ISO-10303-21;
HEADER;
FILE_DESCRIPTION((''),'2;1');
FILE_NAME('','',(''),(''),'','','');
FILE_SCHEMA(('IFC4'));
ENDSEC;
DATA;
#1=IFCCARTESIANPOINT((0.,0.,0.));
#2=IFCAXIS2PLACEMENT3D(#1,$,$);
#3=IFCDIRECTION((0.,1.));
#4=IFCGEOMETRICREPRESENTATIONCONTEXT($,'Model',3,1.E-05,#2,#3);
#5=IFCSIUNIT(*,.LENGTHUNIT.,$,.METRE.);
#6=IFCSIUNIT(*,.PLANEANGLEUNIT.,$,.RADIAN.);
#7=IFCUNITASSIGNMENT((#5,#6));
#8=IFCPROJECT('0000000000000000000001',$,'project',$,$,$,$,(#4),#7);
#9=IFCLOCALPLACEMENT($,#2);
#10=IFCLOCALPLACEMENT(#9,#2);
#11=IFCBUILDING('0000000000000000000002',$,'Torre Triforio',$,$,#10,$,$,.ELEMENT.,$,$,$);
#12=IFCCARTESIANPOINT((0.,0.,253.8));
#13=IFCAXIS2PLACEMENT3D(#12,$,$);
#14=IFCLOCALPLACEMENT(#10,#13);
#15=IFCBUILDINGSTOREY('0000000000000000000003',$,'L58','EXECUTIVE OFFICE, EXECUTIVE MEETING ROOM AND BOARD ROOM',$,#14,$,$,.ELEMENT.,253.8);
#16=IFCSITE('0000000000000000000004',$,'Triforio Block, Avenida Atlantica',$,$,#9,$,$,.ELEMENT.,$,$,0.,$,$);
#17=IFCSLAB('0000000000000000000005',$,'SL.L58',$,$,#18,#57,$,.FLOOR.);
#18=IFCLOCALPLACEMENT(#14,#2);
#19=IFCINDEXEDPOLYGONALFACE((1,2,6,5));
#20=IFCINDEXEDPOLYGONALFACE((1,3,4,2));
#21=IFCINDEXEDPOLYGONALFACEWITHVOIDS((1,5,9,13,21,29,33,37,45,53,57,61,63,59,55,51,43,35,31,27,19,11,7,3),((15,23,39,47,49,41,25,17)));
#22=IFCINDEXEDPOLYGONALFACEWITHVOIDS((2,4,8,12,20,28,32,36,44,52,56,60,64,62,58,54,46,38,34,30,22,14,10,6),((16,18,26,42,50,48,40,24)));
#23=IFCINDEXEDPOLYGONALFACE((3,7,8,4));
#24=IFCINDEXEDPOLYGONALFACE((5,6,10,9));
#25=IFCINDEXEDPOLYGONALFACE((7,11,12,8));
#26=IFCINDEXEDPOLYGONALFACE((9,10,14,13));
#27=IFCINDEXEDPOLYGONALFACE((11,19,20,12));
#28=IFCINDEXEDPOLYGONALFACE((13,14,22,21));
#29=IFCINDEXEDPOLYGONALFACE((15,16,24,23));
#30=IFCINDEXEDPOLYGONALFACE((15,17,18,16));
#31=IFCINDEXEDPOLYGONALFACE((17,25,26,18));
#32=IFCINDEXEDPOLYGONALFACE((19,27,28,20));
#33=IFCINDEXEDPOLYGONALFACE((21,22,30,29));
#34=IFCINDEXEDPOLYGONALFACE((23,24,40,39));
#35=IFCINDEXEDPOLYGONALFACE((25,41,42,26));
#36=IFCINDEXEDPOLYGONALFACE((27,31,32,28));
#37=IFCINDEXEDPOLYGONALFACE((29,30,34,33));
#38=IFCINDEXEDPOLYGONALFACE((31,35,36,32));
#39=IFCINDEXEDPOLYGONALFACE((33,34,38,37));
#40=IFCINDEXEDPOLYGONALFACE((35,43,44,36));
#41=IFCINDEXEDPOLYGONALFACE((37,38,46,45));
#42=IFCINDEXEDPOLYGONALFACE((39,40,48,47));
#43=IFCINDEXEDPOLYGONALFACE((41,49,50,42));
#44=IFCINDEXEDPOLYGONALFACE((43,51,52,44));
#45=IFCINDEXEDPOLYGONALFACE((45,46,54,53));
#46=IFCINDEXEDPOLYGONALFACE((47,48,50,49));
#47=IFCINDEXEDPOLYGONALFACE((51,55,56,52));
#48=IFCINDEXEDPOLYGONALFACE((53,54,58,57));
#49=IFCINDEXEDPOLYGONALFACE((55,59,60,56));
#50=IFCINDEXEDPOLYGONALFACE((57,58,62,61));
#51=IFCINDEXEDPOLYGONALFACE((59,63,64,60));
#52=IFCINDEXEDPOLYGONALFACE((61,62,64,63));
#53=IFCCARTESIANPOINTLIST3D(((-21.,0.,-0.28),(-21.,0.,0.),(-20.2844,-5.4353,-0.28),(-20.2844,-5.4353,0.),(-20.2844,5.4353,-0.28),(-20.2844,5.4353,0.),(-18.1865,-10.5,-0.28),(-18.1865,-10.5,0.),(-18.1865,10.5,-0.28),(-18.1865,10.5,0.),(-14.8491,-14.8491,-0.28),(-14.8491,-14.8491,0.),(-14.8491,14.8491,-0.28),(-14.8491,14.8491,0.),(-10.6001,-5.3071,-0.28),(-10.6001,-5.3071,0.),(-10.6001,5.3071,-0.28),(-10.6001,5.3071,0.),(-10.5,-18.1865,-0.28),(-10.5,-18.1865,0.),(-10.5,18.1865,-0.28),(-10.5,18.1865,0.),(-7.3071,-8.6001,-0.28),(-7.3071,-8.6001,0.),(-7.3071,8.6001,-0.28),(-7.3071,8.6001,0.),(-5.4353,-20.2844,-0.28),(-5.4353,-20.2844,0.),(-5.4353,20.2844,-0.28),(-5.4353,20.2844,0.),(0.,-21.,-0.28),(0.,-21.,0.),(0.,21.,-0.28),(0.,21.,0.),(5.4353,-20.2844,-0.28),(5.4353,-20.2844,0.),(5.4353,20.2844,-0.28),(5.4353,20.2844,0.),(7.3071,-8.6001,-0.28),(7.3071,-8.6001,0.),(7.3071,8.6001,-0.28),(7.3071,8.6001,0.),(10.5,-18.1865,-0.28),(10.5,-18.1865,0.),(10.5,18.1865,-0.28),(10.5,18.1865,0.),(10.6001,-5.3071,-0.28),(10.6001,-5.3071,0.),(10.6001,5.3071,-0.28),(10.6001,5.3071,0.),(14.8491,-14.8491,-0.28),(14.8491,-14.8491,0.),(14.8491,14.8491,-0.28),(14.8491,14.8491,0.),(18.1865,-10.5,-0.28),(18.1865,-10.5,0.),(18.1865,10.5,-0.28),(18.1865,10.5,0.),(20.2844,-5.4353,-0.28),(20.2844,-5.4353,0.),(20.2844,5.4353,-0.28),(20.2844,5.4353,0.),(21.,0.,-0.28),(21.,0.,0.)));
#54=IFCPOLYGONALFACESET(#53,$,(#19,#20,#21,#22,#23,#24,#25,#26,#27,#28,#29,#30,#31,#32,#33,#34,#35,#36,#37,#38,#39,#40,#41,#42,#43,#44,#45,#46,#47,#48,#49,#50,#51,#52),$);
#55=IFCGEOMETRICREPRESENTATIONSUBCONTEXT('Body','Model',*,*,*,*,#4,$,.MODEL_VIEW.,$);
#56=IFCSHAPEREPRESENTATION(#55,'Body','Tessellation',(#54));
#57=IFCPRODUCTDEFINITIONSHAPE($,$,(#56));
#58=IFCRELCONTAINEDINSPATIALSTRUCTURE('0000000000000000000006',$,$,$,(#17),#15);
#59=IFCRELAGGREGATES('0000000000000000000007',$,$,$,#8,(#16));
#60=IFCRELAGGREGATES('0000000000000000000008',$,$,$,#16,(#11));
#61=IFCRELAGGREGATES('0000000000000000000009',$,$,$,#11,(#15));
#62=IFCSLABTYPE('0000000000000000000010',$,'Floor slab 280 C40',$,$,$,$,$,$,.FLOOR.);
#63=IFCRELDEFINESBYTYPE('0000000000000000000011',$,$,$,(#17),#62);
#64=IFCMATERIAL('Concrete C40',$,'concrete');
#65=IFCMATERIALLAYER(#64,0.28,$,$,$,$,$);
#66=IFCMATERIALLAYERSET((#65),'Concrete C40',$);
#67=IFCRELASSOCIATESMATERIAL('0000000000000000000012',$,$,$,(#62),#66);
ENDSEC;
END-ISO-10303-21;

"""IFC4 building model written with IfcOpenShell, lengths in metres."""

from ifc_helpers import new_model, si_unit, direction, frame, origin, place, context, subcontext, project, spatial, polyline, outline, extrude, material, layer, layer_set, type_object, element, save


model = new_model("IFC4")

# Units and contexts
model_context = context("Model", 3, precision=1e-05, world=origin(), true_north=direction((0.0, 1.0)))
body_context = subcontext(model_context, "Body", "Model", "MODEL_VIEW")
ifc_project = project(units=[si_unit("LENGTHUNIT", "METRE"), si_unit("PLANEANGLEUNIT", "RADIAN")], contexts=[model_context])

# Site, building, storey
site_placement = place(None, origin())
site = spatial("IfcSite", under=ifc_project, at=site_placement, Name="Triforio Block, Avenida Atlantica", CompositionType="ELEMENT", RefElevation=0.0)
building_placement = place(site_placement, origin())
building = spatial("IfcBuilding", under=site, at=building_placement, Name="Torre Triforio", CompositionType="ELEMENT")
storey_placement = place(building_placement, frame((0.0, 0.0, 253.8)))
storey = spatial("IfcBuildingStorey", under=building, at=storey_placement, Name="L58", Description="EXECUTIVE OFFICE, EXECUTIVE MEETING ROOM AND BOARD ROOM", CompositionType="ELEMENT", Elevation=253.8)

# Slab
ifc_material_1 = material(Name="Concrete C40", Category="concrete")
ifc_layer_1 = layer(ifc_material_1, 0.28)
ifc_layer_set_1 = layer_set([ifc_layer_1], Name="Concrete C40")
slab_type_1 = type_object("IfcSlabType", Name="Floor slab 280 C40", PredefinedType="FLOOR", material=ifc_layer_set_1)
slab_1_placement = place(storey_placement, frame((0.0, 0.0, -0.28)))
element("IfcSlab", 1, at=slab_1_placement, inside=storey, type_object=slab_type_1, Name="SL.L58", PredefinedType="FLOOR", context=body_context, shape_type="SweptSolid", body=[
    extrude(outline(polyline([(18.1865, -10.5), (20.2844, -5.4353), (21.0, 0.0), (20.2844, 5.4353), (18.1865, 10.5), (14.8491, 14.8491), (10.5, 18.1865), (5.4353, 20.2844), (0.0, 21.0), (-5.4353, 20.2844), (-10.5, 18.1865), (-14.8491, 14.8491), (-18.1865, 10.5), (-20.2844, 5.4353), (-21.0, 0.0), (-20.2844, -5.4353), (-18.1865, -10.5), (-14.8491, -14.8491), (-10.5, -18.1865), (-5.4353, -20.2844), (0.0, -21.0), (5.4353, -20.2844), (10.5, -18.1865), (14.8491, -14.8491), (18.1865, -10.5)]), holes=[polyline([(10.6001, 5.3071), (10.6001, -5.3071), (7.3071, -8.6001), (-7.3071, -8.6001), (-10.6001, -5.3071), (-10.6001, 5.3071), (-7.3071, 8.6001), (7.3071, 8.6001), (10.6001, 5.3071)])]), origin(), (0.0, 0.0, 1.0), 0.28),
])

save(model, "model.ifc")
